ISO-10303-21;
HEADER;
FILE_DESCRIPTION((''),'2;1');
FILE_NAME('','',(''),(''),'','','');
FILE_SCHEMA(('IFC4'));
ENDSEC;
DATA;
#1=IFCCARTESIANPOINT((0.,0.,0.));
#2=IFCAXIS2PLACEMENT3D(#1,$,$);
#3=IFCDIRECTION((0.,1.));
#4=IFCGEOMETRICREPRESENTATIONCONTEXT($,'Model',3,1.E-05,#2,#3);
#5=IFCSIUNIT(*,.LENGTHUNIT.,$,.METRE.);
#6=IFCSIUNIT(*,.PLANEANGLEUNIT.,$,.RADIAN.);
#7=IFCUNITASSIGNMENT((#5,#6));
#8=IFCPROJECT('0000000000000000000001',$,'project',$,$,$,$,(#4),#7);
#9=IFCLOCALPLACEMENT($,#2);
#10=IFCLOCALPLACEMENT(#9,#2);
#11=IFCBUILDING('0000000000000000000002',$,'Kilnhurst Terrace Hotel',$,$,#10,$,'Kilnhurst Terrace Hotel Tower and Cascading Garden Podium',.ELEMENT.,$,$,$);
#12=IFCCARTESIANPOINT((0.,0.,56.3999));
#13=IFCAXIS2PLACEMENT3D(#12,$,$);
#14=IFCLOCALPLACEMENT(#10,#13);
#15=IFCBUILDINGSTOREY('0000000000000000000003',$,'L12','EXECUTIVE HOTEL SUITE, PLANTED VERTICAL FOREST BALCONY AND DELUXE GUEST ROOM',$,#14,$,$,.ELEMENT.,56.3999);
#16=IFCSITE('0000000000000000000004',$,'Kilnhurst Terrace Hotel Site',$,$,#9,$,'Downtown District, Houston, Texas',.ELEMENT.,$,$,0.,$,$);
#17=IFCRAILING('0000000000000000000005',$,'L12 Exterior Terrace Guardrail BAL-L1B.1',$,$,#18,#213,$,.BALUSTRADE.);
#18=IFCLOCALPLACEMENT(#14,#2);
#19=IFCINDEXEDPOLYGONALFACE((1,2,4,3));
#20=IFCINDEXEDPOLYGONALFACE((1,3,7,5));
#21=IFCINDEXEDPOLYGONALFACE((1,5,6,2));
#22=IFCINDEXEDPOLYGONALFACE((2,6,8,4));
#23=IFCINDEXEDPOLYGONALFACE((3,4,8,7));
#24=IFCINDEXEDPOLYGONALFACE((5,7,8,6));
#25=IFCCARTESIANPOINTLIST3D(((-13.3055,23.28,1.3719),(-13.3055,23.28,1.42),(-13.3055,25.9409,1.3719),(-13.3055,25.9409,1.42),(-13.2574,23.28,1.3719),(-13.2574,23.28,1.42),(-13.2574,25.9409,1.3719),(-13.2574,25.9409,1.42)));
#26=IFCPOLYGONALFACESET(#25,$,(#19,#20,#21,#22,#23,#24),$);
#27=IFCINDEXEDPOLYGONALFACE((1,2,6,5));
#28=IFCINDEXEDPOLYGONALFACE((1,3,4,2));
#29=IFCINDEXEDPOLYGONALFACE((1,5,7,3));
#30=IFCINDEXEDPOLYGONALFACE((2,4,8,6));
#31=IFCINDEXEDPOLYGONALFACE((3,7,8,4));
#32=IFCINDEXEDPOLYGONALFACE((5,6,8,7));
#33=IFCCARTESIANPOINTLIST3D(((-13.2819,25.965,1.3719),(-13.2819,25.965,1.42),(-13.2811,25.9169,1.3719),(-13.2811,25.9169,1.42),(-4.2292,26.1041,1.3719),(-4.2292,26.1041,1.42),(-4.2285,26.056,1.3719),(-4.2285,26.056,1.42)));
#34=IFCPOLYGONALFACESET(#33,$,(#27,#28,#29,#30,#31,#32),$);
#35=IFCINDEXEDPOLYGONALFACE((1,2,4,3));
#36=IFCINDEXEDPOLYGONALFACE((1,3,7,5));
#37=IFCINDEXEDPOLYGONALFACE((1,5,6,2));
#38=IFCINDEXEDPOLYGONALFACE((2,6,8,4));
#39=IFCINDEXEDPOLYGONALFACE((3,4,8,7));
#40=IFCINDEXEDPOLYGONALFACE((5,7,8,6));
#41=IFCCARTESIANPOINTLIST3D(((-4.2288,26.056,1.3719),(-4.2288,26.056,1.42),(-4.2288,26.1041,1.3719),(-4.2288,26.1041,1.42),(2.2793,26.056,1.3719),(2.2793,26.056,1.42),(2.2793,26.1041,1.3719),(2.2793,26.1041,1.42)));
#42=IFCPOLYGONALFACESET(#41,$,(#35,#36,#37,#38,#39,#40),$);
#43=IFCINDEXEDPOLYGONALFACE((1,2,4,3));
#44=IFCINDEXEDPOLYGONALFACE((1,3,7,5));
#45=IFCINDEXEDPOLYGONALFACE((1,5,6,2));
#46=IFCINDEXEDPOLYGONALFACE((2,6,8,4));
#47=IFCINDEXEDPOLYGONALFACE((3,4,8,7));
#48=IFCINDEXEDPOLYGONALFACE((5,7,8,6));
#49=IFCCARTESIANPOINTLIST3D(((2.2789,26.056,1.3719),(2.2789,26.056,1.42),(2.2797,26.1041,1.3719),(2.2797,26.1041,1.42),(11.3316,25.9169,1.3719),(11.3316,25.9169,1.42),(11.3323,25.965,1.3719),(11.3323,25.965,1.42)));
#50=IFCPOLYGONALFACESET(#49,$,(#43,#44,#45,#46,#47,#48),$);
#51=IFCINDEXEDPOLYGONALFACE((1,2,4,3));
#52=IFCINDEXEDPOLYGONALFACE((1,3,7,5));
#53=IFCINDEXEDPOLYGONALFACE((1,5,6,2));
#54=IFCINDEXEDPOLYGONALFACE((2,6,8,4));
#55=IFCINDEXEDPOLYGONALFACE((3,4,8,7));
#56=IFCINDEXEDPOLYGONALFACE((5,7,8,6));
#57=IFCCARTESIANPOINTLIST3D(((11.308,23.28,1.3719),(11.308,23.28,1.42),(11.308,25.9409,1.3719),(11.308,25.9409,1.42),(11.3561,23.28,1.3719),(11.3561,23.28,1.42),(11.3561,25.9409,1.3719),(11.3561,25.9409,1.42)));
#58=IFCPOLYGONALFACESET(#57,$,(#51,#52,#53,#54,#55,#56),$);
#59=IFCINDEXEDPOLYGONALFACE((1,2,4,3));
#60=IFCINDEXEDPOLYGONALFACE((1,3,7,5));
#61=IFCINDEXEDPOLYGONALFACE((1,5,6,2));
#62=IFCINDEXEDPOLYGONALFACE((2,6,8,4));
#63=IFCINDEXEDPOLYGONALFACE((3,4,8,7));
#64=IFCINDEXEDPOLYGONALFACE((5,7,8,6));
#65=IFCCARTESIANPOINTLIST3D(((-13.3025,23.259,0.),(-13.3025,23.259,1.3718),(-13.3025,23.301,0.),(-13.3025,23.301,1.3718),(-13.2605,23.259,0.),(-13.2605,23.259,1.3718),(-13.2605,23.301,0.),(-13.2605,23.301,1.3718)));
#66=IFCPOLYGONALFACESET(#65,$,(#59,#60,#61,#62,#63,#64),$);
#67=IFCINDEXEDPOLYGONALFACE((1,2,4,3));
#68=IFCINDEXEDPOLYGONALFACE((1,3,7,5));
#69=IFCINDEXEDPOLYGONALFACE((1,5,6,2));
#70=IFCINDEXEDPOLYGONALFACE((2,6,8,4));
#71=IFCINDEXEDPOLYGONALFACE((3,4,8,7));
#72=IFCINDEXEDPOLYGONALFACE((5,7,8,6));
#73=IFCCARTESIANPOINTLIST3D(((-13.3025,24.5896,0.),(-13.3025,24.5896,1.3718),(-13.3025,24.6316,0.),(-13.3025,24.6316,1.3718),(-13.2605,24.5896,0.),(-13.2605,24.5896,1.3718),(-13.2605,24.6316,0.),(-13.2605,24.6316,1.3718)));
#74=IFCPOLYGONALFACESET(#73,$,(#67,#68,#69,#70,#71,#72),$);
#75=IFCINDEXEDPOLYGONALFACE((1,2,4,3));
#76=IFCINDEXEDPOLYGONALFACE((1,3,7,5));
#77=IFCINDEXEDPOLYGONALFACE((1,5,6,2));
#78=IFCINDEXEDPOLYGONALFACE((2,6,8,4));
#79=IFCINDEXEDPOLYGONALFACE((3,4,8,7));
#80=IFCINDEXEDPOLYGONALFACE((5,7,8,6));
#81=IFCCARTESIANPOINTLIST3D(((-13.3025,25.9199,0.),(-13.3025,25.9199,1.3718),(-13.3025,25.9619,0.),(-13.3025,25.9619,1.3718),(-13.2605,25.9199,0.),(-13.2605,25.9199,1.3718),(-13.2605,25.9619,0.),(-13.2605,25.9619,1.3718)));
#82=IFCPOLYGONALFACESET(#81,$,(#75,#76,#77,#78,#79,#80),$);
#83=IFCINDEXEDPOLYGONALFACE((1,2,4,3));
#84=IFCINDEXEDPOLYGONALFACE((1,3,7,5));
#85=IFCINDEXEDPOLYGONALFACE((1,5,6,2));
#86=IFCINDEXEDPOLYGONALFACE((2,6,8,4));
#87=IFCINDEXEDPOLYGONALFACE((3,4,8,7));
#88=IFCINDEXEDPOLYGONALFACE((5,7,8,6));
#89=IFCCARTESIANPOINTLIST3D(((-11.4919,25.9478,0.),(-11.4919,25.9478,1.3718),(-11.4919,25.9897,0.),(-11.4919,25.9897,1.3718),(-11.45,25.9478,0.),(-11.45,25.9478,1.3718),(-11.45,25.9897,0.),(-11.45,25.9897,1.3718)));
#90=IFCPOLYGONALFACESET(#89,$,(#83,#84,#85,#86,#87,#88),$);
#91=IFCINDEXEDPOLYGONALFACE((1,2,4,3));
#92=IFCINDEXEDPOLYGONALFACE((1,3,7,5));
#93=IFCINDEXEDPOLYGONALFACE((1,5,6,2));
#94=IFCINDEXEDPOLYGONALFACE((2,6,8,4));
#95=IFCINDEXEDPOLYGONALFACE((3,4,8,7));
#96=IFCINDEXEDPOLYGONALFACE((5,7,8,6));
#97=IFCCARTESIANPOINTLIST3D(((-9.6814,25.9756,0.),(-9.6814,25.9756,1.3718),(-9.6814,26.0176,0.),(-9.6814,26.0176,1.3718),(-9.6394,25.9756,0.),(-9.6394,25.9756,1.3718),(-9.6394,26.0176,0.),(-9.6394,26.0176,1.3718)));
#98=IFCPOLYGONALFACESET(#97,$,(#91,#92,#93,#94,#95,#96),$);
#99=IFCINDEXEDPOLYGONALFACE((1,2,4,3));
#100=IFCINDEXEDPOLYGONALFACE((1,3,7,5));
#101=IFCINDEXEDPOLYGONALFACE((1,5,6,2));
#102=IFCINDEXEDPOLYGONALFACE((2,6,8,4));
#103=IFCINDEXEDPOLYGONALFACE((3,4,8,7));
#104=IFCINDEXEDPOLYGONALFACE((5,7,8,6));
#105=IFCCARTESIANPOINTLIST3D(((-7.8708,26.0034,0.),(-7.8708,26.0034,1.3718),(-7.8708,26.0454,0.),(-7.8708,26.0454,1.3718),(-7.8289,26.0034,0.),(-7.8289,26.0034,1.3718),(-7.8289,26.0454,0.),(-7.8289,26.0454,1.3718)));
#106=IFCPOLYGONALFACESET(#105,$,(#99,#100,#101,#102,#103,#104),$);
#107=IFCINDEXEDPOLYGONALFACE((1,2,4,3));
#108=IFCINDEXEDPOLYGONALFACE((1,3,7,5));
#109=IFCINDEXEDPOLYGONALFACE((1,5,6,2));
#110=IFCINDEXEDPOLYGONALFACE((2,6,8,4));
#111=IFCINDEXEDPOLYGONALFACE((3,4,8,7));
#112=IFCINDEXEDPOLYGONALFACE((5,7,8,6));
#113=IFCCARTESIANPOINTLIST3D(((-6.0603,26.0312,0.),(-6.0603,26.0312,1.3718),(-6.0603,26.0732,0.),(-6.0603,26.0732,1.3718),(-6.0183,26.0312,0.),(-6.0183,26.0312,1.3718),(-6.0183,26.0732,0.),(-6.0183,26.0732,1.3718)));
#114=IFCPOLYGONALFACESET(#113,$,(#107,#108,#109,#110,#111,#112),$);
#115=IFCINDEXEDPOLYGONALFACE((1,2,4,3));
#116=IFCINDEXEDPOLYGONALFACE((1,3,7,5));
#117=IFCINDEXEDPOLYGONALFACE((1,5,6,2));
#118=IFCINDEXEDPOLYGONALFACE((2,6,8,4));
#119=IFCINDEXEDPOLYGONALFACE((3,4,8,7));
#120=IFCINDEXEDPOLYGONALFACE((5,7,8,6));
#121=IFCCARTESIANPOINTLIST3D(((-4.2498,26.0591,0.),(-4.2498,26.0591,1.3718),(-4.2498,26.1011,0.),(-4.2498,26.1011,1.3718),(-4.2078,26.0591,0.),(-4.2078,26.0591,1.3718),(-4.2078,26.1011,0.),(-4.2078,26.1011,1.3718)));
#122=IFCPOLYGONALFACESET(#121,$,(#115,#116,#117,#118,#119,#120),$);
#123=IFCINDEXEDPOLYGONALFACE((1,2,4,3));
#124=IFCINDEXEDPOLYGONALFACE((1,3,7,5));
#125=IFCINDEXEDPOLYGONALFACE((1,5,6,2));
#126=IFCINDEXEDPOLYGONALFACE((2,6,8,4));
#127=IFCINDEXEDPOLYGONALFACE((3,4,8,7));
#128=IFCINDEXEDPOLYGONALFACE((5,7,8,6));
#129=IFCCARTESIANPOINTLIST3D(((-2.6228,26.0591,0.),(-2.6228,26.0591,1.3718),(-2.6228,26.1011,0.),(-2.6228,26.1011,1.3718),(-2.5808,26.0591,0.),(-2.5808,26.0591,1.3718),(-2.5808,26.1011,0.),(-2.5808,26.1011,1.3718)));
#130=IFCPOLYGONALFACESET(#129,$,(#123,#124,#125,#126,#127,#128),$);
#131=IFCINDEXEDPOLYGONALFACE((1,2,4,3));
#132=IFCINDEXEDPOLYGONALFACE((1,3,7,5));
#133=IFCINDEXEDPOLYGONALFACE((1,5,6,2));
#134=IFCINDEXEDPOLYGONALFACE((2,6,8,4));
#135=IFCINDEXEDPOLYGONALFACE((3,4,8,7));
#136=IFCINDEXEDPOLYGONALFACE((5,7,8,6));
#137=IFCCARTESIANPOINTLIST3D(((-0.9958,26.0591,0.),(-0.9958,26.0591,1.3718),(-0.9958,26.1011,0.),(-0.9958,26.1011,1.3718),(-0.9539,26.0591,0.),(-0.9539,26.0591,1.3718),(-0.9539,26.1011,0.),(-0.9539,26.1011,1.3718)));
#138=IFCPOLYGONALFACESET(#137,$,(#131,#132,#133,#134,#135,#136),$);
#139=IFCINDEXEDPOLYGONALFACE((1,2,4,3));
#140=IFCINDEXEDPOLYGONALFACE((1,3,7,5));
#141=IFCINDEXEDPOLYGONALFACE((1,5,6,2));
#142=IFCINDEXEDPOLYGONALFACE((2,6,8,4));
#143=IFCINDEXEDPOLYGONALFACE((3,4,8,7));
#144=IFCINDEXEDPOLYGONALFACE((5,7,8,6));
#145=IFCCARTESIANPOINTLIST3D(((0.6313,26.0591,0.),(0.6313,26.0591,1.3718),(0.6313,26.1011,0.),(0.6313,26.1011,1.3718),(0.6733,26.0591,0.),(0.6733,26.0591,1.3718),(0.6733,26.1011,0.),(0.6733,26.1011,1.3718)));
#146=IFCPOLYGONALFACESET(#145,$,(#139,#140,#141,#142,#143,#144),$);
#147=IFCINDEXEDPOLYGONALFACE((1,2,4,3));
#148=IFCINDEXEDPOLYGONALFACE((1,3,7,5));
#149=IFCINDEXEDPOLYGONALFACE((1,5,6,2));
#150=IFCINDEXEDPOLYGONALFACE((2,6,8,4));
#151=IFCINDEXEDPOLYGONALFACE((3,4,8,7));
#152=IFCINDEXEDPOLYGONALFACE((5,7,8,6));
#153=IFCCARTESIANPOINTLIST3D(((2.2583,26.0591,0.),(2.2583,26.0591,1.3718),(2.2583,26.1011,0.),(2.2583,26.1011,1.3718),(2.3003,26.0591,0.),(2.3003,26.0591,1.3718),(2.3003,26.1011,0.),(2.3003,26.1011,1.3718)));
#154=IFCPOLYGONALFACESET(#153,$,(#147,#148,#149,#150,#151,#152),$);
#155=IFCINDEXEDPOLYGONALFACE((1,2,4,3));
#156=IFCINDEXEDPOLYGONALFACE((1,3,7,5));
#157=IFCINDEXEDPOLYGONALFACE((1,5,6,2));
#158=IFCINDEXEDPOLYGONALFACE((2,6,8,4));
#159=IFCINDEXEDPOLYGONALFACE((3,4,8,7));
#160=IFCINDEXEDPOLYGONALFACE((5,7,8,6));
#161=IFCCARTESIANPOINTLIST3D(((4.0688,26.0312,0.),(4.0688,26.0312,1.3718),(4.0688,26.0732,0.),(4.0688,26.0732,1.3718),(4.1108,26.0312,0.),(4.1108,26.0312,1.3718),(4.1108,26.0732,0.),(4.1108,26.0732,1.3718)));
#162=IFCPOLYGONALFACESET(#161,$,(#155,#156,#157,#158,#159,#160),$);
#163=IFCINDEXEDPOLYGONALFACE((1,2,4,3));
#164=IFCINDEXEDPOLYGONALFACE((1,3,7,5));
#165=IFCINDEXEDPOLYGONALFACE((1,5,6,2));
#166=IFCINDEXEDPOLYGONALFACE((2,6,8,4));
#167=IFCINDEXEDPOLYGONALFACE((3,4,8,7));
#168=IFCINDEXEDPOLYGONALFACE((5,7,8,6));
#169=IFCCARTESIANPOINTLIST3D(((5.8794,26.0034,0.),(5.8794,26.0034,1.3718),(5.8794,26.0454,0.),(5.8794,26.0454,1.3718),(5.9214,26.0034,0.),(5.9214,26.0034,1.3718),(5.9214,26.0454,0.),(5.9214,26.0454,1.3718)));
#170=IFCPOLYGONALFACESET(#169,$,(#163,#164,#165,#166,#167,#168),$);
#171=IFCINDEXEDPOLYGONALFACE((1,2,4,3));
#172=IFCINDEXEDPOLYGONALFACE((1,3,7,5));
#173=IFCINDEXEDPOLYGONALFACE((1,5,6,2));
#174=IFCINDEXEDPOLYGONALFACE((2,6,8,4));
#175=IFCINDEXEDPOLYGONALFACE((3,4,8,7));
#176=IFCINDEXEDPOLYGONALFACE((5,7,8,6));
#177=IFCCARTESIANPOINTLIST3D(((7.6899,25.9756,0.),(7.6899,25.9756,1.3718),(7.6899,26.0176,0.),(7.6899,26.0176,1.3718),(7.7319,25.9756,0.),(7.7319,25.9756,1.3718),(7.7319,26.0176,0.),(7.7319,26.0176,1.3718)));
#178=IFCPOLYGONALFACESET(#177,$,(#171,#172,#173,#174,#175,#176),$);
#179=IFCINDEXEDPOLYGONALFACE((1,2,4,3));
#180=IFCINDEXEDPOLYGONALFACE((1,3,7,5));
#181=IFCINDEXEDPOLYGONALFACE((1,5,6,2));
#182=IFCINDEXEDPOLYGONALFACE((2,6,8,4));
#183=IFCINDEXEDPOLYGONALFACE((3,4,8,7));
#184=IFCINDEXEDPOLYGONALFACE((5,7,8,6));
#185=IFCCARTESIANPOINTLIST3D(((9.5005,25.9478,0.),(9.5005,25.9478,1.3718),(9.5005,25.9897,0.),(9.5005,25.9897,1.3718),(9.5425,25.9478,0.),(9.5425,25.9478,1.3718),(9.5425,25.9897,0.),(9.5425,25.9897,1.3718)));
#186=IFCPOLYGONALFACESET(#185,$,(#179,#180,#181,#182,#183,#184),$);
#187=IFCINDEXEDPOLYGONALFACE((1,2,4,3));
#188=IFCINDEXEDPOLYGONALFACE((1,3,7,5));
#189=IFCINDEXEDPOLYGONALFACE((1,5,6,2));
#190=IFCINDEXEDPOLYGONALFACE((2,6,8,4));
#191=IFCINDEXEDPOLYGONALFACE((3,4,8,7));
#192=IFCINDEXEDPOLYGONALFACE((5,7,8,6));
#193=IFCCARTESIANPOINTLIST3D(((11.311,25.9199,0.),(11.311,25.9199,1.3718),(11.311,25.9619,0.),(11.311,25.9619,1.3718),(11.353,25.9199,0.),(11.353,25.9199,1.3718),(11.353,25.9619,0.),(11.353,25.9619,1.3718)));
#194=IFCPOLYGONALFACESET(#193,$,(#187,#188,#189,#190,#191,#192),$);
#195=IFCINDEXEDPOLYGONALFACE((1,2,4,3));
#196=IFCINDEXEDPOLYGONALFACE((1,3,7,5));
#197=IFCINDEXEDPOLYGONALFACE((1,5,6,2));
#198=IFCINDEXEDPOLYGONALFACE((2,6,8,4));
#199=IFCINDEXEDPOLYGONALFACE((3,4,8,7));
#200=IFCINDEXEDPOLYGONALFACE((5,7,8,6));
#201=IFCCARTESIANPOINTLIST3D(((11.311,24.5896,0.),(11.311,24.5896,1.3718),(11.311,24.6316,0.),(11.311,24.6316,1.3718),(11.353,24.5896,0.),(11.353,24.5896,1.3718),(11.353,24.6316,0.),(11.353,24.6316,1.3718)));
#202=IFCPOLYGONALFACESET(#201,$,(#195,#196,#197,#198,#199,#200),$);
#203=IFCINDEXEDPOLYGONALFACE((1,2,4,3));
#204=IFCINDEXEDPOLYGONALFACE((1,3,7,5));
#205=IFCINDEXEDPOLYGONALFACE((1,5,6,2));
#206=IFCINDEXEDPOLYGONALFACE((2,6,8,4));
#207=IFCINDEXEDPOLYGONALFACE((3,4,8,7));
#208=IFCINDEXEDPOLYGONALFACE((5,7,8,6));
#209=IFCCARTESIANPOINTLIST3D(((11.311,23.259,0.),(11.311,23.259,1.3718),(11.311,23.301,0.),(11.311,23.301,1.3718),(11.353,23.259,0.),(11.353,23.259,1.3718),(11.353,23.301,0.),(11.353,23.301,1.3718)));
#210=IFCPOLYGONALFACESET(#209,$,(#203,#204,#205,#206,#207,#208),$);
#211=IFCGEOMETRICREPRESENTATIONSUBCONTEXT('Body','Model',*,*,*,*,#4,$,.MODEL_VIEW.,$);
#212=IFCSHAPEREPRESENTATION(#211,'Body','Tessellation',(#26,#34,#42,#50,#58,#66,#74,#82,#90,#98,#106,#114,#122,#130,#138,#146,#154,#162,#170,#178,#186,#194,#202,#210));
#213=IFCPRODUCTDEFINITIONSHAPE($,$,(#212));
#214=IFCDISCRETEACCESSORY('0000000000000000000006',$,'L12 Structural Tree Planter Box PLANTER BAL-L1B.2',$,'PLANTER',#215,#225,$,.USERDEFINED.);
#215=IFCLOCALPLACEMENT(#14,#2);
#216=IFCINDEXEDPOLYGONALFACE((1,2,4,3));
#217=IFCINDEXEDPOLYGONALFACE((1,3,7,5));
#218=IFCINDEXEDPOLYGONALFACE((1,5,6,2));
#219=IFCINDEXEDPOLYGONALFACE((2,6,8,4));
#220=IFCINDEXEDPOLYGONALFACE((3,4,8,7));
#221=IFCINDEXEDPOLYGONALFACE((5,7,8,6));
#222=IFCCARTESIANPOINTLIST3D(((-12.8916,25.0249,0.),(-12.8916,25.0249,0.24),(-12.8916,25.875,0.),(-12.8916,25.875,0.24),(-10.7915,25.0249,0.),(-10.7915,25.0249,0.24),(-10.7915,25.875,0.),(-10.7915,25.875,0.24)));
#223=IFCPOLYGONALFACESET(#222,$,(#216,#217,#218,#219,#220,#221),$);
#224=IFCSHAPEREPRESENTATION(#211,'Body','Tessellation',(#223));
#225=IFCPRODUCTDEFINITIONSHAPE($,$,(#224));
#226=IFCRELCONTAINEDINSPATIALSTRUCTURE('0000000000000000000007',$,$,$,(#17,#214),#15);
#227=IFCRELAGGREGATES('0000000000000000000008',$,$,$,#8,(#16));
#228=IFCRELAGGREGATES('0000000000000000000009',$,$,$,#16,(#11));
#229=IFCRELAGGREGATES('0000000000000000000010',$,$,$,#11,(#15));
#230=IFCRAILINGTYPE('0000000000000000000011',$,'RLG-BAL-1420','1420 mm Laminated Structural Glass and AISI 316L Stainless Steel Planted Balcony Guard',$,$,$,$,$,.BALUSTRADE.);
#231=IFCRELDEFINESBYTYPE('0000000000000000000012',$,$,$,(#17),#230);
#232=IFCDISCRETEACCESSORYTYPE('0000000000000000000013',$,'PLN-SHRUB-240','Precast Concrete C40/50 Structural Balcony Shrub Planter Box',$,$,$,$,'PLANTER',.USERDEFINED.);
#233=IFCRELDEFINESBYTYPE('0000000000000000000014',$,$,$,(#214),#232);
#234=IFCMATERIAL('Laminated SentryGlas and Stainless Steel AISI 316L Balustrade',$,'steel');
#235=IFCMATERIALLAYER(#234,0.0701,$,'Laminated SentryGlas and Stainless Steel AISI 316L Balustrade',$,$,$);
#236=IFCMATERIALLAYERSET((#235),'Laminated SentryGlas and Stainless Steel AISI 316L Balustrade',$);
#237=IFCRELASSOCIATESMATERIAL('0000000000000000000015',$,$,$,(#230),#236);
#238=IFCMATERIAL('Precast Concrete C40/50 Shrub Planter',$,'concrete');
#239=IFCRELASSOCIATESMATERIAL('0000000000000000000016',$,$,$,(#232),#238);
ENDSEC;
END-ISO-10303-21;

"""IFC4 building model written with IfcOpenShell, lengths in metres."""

from ifc_helpers import new_model, si_unit, direction, frame, origin, origin_2d, place, context, subcontext, project, spatial, rectangle, extrude, material, layer, layer_set, type_object, element, save


model = new_model("IFC4")

# Units and contexts
model_context = context("Model", 3, precision=1e-05, world=origin(), true_north=direction((0.0, 1.0)))
body_context = subcontext(model_context, "Body", "Model", "MODEL_VIEW")
ifc_project = project(units=[si_unit("LENGTHUNIT", "METRE"), si_unit("PLANEANGLEUNIT", "RADIAN")], contexts=[model_context])

# Site, building, storey
site_placement = place(None, origin())
site = spatial("IfcSite", under=ifc_project, at=site_placement, Name="Kilnhurst Terrace Hotel Site", LongName="Downtown District, Houston, Texas", CompositionType="ELEMENT", RefElevation=0.0)
building_placement = place(site_placement, origin())
building = spatial("IfcBuilding", under=site, at=building_placement, Name="Kilnhurst Terrace Hotel", LongName="Kilnhurst Terrace Hotel Tower and Cascading Garden Podium", CompositionType="ELEMENT")
storey_placement = place(building_placement, frame((0.0, 0.0, 56.3999)))
storey = spatial("IfcBuildingStorey", under=building, at=storey_placement, Name="L12", Description="EXECUTIVE HOTEL SUITE, PLANTED VERTICAL FOREST BALCONY AND DELUXE GUEST ROOM", CompositionType="ELEMENT", Elevation=56.3999)

# Railing
ifc_material_1 = material(Name="Laminated SentryGlas and Stainless Steel AISI 316L Balustrade", Category="steel")
ifc_layer_1 = layer(ifc_material_1, 0.0701, Name="Laminated SentryGlas and Stainless Steel AISI 316L Balustrade")
ifc_layer_set_1 = layer_set([ifc_layer_1], Name="Laminated SentryGlas and Stainless Steel AISI 316L Balustrade")
railing_type = type_object("IfcRailingType", Name="RLG-BAL-1420", Description="1420 mm Laminated Structural Glass and AISI 316L Stainless Steel Planted Balcony Guard", PredefinedType="BALUSTRADE", material=ifc_layer_set_1)
railing_placement = place(storey_placement, frame((-13.2815, 23.28, 0.0)))
element("IfcRailing", 1, at=railing_placement, inside=storey, type_object=railing_type, Name="L12 Exterior Terrace Guardrail BAL-L1B.1", PredefinedType="BALUSTRADE", context=body_context, shape_type="SweptSolid", body=[
    extrude(rectangle(XDim=0.0481, YDim=0.0481, at=origin_2d()), frame((0.0, 0.0, 1.396), z_axis=(0.0, 1.0, 0.0), x_axis=(-1.0, 0.0, 0.0)), (0.0, 0.0, 1.0), 2.6609),
    extrude(rectangle(XDim=0.0481, YDim=0.0481, at=origin_2d()), frame((0.0, 2.6609, 1.396), z_axis=(0.999882, 0.01537, 0.0), x_axis=(-0.01537, 0.999882, 0.0)), (0.0, 0.0, 1.0), 9.0537),
    extrude(rectangle(XDim=0.0481, YDim=0.0481, at=origin_2d()), frame((9.0527, 2.8, 1.396), z_axis=(1.0, 0.0, 0.0), x_axis=(0.0, 1.0, 0.0)), (0.0, 0.0, 1.0), 6.5081),
    extrude(rectangle(XDim=0.0481, YDim=0.0481, at=origin_2d()), frame((15.5608, 2.8, 1.396), z_axis=(0.999882, -0.01537, 0.0), x_axis=(0.01537, 0.999882, 0.0)), (0.0, 0.0, 1.0), 9.0537),
    extrude(rectangle(XDim=0.0481, YDim=0.0481, at=origin_2d()), frame((24.6135, 2.6609, 1.396), z_axis=(0.0, -1.0, 0.0), x_axis=(1.0, 0.0, 0.0)), (0.0, 0.0, 1.0), 2.6609),
    extrude(rectangle(XDim=0.042, YDim=0.042, at=origin_2d()), origin(), (0.0, 0.0, 1.0), 1.3718),
    extrude(rectangle(XDim=0.042, YDim=0.042, at=origin_2d()), frame((0.0, 1.3306, 0.0)), (0.0, 0.0, 1.0), 1.3718),
    extrude(rectangle(XDim=0.042, YDim=0.042, at=origin_2d()), frame((0.0, 2.6609, 0.0)), (0.0, 0.0, 1.0), 1.3718),
    extrude(rectangle(XDim=0.042, YDim=0.042, at=origin_2d()), frame((1.8105, 2.6887, 0.0)), (0.0, 0.0, 1.0), 1.3718),
    extrude(rectangle(XDim=0.042, YDim=0.042, at=origin_2d()), frame((3.6211, 2.7166, 0.0)), (0.0, 0.0, 1.0), 1.3718),
    extrude(rectangle(XDim=0.042, YDim=0.042, at=origin_2d()), frame((5.4316, 2.7444, 0.0)), (0.0, 0.0, 1.0), 1.3718),
    extrude(rectangle(XDim=0.042, YDim=0.042, at=origin_2d()), frame((7.2422, 2.7722, 0.0)), (0.0, 0.0, 1.0), 1.3718),
    extrude(rectangle(XDim=0.042, YDim=0.042, at=origin_2d()), frame((9.0527, 2.8, 0.0)), (0.0, 0.0, 1.0), 1.3718),
    extrude(rectangle(XDim=0.042, YDim=0.042, at=origin_2d()), frame((10.6797, 2.8, 0.0)), (0.0, 0.0, 1.0), 1.3718),
    extrude(rectangle(XDim=0.042, YDim=0.042, at=origin_2d()), frame((12.3066, 2.8, 0.0)), (0.0, 0.0, 1.0), 1.3718),
    extrude(rectangle(XDim=0.042, YDim=0.042, at=origin_2d()), frame((13.9338, 2.8, 0.0)), (0.0, 0.0, 1.0), 1.3718),
    extrude(rectangle(XDim=0.042, YDim=0.042, at=origin_2d()), frame((15.5608, 2.8, 0.0)), (0.0, 0.0, 1.0), 1.3718),
    extrude(rectangle(XDim=0.042, YDim=0.042, at=origin_2d()), frame((17.3713, 2.7722, 0.0)), (0.0, 0.0, 1.0), 1.3718),
    extrude(rectangle(XDim=0.042, YDim=0.042, at=origin_2d()), frame((19.1819, 2.7444, 0.0)), (0.0, 0.0, 1.0), 1.3718),
    extrude(rectangle(XDim=0.042, YDim=0.042, at=origin_2d()), frame((20.9924, 2.7166, 0.0)), (0.0, 0.0, 1.0), 1.3718),
    extrude(rectangle(XDim=0.042, YDim=0.042, at=origin_2d()), frame((22.803, 2.6887, 0.0)), (0.0, 0.0, 1.0), 1.3718),
    extrude(rectangle(XDim=0.042, YDim=0.042, at=origin_2d()), frame((24.6135, 2.6609, 0.0)), (0.0, 0.0, 1.0), 1.3718),
    extrude(rectangle(XDim=0.042, YDim=0.042, at=origin_2d()), frame((24.6135, 1.3306, 0.0)), (0.0, 0.0, 1.0), 1.3718),
    extrude(rectangle(XDim=0.042, YDim=0.042, at=origin_2d()), frame((24.6135, 0.0, 0.0)), (0.0, 0.0, 1.0), 1.3718),
])

# Discrete accessory
ifc_material_2 = material(Name="Precast Concrete C40/50 Shrub Planter", Category="concrete")
discrete_accessory_type = type_object("IfcDiscreteAccessoryType", Name="PLN-SHRUB-240", Description="Precast Concrete C40/50 Structural Balcony Shrub Planter Box", ElementType="PLANTER", PredefinedType="USERDEFINED", material=ifc_material_2)
discrete_accessory_placement = place(storey_placement, frame((-11.8416, 25.45, 0.0), z_axis=(0.0, 0.0, 1.0), x_axis=(-1.0, 0.0, 0.0)))
element("IfcDiscreteAccessory", 2, at=discrete_accessory_placement, inside=storey, type_object=discrete_accessory_type, Name="L12 Structural Tree Planter Box PLANTER BAL-L1B.2", ObjectType="PLANTER", PredefinedType="USERDEFINED", context=body_context, shape_type="SweptSolid", body=[
    extrude(rectangle(XDim=2.1001, YDim=0.8501, at=origin_2d()), origin(), (0.0, 0.0, 1.0), 0.24),
])

save(model, "model.ifc")
